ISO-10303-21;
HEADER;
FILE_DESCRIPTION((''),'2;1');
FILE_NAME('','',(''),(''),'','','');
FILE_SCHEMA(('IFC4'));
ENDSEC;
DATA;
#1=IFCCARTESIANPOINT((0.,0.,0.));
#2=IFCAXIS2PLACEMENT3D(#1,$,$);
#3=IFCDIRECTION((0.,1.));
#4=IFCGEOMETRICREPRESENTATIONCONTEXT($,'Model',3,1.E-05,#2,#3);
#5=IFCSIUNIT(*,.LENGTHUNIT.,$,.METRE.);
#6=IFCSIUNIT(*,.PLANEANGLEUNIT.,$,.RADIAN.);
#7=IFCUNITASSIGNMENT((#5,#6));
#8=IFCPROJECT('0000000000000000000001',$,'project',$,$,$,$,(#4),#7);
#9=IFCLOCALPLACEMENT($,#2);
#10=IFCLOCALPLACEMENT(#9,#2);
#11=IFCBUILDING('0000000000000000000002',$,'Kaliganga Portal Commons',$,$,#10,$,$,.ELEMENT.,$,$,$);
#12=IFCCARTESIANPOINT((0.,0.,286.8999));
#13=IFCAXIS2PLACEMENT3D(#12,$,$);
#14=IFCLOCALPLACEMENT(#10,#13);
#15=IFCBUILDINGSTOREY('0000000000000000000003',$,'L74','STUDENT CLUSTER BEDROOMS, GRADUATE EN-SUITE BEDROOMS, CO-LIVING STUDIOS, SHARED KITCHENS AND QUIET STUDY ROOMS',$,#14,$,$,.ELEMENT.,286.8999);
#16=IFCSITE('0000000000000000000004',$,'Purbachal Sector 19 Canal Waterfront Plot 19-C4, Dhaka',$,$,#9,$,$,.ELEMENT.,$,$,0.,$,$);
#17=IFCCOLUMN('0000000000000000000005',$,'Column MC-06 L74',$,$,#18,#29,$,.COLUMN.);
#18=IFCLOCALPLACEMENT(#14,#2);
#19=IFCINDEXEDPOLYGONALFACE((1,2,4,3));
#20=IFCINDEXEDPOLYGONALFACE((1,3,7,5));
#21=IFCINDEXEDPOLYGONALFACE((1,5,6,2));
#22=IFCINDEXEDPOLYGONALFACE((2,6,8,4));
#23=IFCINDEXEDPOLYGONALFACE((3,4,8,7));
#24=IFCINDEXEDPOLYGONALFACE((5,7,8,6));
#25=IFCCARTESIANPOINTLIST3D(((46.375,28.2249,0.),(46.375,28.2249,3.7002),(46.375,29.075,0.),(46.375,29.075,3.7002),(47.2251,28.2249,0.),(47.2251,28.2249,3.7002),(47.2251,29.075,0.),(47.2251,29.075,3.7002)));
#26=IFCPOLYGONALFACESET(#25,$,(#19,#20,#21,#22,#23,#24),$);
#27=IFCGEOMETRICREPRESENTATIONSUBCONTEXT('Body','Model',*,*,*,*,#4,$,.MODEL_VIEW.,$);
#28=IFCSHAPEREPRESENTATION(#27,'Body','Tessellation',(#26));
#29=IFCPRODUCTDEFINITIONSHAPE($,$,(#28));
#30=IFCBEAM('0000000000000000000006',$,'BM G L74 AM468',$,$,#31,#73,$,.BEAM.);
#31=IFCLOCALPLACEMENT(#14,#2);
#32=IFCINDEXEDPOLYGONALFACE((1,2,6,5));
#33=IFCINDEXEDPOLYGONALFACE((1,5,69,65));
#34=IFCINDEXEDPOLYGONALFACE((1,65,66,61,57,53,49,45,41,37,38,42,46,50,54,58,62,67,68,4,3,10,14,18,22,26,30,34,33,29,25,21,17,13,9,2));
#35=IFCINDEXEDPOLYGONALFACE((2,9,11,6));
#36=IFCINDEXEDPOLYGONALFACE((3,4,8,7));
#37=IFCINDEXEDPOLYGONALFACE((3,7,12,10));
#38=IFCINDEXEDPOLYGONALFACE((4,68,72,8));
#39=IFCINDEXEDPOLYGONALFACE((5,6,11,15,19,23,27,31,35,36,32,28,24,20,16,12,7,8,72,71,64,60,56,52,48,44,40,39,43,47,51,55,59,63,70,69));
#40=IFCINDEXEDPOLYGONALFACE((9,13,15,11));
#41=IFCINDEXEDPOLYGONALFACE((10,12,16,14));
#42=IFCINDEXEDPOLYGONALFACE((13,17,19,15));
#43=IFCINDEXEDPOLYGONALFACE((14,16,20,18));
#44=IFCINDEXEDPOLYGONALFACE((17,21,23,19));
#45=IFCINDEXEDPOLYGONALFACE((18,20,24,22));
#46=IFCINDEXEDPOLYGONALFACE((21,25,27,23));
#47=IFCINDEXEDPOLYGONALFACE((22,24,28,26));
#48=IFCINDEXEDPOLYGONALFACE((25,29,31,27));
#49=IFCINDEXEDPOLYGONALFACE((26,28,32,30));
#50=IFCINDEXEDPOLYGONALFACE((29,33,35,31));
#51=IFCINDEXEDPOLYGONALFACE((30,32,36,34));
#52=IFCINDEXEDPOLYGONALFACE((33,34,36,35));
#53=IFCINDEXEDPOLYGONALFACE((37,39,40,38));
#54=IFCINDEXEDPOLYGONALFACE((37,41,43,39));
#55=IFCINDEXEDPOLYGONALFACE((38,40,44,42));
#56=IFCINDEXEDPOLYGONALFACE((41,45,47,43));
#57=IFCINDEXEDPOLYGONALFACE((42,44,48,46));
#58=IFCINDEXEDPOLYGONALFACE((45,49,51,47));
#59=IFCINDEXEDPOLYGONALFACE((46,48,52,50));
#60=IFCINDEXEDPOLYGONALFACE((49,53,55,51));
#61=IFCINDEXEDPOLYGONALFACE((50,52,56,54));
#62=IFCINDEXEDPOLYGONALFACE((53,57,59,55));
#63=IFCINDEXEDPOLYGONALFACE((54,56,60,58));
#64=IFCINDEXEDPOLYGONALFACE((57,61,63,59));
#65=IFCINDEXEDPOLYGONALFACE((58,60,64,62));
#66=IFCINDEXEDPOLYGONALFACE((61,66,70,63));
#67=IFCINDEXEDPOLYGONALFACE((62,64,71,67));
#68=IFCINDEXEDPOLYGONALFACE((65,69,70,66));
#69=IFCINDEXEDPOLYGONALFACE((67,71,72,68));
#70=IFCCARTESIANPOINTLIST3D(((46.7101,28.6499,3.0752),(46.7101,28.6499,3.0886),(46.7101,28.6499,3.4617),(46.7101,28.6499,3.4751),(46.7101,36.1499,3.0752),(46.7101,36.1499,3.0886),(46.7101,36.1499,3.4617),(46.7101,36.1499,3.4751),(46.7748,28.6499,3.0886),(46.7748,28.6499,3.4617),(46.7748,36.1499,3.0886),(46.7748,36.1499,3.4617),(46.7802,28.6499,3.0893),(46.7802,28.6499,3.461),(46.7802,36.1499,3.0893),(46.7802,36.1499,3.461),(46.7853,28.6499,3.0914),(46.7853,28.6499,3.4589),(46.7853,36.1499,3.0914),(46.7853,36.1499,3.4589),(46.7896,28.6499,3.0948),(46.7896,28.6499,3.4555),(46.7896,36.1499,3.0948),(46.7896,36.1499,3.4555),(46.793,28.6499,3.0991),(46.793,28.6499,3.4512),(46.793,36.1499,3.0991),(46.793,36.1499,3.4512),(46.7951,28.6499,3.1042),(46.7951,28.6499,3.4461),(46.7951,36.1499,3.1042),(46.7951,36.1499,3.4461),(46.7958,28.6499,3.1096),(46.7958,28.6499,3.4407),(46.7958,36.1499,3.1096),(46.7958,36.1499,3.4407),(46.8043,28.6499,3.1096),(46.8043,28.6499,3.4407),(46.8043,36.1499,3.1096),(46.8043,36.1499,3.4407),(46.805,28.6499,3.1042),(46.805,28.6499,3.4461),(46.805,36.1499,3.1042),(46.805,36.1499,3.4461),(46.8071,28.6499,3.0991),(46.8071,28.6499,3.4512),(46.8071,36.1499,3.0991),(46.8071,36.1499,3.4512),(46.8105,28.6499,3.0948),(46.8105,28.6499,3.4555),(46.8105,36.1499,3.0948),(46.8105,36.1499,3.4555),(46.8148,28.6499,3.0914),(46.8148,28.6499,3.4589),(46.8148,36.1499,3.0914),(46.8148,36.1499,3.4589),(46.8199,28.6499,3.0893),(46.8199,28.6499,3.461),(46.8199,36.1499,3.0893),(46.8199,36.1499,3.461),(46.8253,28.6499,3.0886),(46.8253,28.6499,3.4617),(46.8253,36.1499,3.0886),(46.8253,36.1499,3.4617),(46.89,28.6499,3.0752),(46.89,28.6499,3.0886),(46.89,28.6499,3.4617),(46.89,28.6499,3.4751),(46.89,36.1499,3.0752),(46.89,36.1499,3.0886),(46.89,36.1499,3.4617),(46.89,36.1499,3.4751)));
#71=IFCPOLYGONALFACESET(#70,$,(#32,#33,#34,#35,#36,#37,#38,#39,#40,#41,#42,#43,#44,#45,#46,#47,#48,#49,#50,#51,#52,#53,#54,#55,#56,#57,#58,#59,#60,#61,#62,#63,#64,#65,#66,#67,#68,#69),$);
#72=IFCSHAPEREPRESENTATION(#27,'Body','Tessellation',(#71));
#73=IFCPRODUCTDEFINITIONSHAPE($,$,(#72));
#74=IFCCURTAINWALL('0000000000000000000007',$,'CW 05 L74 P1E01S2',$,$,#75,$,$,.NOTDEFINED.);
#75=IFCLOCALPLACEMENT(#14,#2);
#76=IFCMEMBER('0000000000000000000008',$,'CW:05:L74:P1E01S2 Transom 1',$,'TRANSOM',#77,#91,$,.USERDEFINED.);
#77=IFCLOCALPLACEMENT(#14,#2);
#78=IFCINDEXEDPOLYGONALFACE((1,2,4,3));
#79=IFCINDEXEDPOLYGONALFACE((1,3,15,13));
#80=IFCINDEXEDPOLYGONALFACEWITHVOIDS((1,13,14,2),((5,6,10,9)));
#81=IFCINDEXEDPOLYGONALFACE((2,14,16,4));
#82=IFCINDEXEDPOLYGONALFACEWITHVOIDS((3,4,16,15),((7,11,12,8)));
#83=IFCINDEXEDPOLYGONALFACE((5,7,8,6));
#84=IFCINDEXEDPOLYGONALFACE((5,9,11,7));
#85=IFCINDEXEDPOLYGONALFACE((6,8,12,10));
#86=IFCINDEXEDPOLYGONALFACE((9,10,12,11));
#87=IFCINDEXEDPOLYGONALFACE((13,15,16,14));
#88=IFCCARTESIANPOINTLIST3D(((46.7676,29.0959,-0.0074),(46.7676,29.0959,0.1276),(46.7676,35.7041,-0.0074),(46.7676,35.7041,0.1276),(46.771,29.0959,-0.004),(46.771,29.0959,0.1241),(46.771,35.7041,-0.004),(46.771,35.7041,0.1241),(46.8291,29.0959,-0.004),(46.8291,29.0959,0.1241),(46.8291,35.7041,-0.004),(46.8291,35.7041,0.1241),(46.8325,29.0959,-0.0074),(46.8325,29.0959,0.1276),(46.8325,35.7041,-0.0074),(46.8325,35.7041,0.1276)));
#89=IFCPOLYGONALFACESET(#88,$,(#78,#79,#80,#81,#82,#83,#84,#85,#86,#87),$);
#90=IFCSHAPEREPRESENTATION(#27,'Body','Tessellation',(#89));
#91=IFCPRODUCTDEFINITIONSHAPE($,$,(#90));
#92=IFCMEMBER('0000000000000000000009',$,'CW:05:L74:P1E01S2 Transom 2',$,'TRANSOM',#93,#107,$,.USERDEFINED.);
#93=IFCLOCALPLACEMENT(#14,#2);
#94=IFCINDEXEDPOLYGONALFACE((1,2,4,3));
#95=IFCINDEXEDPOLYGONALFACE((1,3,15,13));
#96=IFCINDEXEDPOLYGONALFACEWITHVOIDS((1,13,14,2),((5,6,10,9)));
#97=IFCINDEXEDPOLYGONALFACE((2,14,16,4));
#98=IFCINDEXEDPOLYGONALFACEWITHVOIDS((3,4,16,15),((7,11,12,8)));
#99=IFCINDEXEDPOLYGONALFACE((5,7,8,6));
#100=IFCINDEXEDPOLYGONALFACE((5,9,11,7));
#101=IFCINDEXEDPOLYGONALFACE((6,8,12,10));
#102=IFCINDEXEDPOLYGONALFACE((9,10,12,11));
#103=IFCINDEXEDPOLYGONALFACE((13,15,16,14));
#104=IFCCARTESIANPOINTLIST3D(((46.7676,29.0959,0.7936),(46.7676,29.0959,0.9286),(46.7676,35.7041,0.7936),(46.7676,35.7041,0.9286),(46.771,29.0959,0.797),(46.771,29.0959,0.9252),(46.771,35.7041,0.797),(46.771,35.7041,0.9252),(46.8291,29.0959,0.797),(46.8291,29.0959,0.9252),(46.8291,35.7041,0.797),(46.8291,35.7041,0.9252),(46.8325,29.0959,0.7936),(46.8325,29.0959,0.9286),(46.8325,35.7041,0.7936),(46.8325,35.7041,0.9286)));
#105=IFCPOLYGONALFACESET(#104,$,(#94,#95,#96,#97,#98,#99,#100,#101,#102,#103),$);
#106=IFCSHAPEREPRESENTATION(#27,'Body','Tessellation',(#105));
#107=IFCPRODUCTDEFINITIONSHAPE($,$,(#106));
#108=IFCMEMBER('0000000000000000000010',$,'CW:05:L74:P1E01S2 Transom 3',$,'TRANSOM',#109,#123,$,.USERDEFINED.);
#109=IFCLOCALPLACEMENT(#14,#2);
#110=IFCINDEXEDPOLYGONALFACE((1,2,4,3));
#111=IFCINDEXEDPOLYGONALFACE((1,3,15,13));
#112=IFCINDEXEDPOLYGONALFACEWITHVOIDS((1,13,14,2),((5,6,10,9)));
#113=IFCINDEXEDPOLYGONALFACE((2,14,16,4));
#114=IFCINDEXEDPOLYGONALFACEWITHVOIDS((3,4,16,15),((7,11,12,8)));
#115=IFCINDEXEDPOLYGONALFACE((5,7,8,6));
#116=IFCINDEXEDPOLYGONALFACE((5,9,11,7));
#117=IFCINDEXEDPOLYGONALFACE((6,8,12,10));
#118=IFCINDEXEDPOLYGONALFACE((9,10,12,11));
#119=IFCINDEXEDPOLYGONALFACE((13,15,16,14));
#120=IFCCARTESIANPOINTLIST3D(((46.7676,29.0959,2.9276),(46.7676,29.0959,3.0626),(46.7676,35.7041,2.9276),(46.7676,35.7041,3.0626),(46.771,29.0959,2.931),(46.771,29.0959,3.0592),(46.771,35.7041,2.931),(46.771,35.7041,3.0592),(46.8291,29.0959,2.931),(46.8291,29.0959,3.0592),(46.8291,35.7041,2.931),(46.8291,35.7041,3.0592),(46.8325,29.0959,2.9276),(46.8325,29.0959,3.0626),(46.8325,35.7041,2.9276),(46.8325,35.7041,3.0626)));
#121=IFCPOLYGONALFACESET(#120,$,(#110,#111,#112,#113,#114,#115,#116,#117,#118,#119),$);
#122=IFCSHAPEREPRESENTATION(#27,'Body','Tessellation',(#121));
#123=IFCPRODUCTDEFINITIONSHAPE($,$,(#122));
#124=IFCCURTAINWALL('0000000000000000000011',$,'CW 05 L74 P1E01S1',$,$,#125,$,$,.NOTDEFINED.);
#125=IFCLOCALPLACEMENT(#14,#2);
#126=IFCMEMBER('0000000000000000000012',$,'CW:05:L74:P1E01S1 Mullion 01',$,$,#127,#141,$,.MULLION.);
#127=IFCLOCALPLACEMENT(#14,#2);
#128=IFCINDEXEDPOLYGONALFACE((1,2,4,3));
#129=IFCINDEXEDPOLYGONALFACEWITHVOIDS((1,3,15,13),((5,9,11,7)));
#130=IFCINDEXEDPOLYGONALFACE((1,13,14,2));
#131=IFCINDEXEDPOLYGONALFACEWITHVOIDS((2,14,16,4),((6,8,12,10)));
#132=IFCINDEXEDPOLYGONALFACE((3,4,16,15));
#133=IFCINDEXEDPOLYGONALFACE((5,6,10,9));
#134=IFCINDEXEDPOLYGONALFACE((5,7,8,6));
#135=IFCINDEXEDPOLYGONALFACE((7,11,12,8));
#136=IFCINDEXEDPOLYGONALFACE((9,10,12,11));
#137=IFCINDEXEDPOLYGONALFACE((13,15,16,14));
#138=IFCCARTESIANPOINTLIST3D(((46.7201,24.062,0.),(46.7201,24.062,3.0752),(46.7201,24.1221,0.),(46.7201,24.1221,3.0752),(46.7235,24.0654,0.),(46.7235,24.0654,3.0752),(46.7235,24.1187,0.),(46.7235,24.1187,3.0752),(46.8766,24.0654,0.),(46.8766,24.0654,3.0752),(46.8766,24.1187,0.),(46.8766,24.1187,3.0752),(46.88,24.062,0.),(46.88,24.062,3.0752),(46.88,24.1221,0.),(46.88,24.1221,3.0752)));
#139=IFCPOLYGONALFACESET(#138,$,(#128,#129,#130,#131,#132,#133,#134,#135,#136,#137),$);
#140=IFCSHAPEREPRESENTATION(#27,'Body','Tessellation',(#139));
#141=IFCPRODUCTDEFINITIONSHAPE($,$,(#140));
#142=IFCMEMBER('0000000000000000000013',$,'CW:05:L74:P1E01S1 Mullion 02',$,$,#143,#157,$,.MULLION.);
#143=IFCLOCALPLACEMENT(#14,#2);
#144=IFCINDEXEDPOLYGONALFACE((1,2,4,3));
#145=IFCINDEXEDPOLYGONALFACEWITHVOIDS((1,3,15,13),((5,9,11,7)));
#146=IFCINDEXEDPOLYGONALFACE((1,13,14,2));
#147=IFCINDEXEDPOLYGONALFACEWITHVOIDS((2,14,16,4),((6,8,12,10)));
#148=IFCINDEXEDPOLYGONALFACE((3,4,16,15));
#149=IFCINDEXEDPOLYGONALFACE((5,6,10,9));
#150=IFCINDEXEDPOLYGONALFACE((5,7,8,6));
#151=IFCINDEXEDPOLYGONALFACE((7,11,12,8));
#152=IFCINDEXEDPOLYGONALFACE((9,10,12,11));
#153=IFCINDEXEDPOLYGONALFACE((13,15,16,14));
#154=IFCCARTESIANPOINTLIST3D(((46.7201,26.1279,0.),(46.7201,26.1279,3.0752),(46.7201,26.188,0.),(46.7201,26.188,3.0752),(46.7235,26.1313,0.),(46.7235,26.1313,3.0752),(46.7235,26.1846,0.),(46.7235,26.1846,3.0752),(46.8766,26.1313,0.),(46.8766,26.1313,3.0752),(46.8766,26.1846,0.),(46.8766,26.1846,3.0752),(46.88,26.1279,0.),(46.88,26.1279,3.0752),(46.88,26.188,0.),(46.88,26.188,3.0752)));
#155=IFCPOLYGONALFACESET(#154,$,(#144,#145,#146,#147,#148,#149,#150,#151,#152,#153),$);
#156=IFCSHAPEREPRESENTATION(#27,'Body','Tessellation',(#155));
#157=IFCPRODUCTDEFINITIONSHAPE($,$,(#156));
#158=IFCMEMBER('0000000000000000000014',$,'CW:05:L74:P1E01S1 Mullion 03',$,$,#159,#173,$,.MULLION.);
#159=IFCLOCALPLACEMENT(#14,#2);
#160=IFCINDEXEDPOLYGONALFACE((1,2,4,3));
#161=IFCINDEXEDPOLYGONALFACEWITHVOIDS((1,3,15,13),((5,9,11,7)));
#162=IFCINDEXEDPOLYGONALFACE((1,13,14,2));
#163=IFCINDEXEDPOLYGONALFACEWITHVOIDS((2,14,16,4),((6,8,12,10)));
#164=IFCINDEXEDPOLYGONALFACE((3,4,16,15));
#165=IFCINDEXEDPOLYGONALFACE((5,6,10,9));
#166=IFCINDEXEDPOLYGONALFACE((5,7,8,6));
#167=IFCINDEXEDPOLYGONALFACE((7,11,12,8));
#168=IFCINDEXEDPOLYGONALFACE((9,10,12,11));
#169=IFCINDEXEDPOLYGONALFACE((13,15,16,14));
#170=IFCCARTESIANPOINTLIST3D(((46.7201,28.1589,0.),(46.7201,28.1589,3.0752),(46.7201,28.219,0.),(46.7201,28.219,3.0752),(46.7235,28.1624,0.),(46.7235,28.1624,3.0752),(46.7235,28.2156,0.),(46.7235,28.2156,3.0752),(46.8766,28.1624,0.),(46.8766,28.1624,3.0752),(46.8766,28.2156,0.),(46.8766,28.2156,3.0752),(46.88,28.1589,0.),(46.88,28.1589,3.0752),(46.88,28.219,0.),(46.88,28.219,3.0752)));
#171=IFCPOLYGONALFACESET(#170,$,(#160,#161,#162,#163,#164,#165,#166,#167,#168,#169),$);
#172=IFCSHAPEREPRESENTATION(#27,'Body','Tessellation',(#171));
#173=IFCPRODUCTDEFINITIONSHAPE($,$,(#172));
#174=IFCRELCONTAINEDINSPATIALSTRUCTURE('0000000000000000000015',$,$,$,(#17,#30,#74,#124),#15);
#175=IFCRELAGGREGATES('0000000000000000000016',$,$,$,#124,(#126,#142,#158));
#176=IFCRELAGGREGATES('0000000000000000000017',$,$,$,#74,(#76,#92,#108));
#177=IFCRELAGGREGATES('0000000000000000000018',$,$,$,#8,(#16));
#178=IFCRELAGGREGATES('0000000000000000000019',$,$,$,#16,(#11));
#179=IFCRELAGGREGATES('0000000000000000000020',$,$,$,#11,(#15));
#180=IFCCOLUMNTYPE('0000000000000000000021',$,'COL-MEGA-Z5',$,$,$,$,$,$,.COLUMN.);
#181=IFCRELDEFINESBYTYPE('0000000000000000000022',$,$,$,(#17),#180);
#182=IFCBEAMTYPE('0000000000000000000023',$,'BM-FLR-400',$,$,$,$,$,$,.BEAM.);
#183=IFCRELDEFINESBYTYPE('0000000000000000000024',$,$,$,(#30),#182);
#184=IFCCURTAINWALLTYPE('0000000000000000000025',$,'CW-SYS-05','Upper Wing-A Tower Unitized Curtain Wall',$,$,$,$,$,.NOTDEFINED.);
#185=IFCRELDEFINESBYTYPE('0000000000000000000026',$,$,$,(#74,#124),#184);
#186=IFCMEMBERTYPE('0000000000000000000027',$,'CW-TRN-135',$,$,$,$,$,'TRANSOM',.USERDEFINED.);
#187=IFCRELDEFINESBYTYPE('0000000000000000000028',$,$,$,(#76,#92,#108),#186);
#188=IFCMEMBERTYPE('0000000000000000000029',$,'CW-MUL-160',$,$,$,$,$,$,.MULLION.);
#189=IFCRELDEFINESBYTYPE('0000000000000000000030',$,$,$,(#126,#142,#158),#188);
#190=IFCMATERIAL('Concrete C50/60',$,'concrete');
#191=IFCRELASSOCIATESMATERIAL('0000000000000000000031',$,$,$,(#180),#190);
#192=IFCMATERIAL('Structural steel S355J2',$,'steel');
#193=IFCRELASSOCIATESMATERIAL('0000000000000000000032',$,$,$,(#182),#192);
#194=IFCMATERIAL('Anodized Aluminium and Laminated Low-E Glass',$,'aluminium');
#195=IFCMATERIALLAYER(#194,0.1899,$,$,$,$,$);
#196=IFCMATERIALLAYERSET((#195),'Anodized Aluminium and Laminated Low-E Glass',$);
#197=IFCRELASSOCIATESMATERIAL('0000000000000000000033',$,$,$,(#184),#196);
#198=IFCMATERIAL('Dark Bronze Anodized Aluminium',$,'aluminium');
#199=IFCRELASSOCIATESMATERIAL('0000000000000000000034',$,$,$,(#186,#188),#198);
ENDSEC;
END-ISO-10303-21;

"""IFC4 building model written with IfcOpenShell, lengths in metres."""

from ifc_helpers import new_model, si_unit, direction, frame, origin, origin_2d, place, context, subcontext, project, spatial, rectangle, hollow_rectangle, i_section, extrude, source, transform, mapped, material, layer, layer_set, material_profile, profile_set, type_object, element, aggregate, save


model = new_model("IFC4")

# Units and contexts
model_context = context("Model", 3, precision=1e-05, world=origin(), true_north=direction((0.0, 1.0)))
body_context = subcontext(model_context, "Body", "Model", "MODEL_VIEW")
ifc_project = project(units=[si_unit("LENGTHUNIT", "METRE"), si_unit("PLANEANGLEUNIT", "RADIAN")], contexts=[model_context])

# Site, building, storey
site_placement = place(None, origin())
site = spatial("IfcSite", under=ifc_project, at=site_placement, Name="Purbachal Sector 19 Canal Waterfront Plot 19-C4, Dhaka", CompositionType="ELEMENT", RefElevation=0.0)
building_placement = place(site_placement, origin())
building = spatial("IfcBuilding", under=site, at=building_placement, Name="Kaliganga Portal Commons", CompositionType="ELEMENT")
storey_placement = place(building_placement, frame((0.0, 0.0, 286.8999)))
storey = spatial("IfcBuildingStorey", under=building, at=storey_placement, Name="L74", Description="STUDENT CLUSTER BEDROOMS, GRADUATE EN-SUITE BEDROOMS, CO-LIVING STUDIOS, SHARED KITCHENS AND QUIET STUDY ROOMS", CompositionType="ELEMENT", Elevation=286.8999)

# Column
ifc_material_1 = material(Name="Concrete C50/60", Category="concrete")
ifc_material_profile_1 = material_profile(ifc_material_1, rectangle(XDim=0.8501, YDim=0.8501, at=origin_2d()), Name="RC 850x850")
ifc_profile_set_1 = profile_set([ifc_material_profile_1], Name="Concrete C50/60")
column_type = type_object("IfcColumnType", Name="COL-MEGA-Z5", PredefinedType="COLUMN", material=ifc_profile_set_1)
shared_shape_1 = source(origin(), body_context, "Body", "SweptSolid", [
    extrude(rectangle(XDim=0.8501, YDim=0.8501, at=origin_2d()), origin(), (0.0, 0.0, 1.0), 3.7002),
])
column_placement = place(storey_placement, frame((46.8, 28.6499, 0.0), z_axis=(0.0, 0.0, 1.0), x_axis=(1.0, 0.0, 0.0)))
element("IfcColumn", 1, at=column_placement, inside=storey, type_object=column_type, Name="Column MC-06 L74", PredefinedType="COLUMN", context=body_context, shape_type="MappedRepresentation", body=[
    mapped(shared_shape_1, transform((0.0, 0.0, 0.0), x_axis=(1.0, 0.0, 0.0), y_axis=(0.0, 1.0, 0.0), z_axis=(0.0, 0.0, 1.0), scale=1.0)),
])

# Beam
ifc_material_2 = material(Name="Structural steel S355J2", Category="steel")
ifc_material_profile_2 = material_profile(ifc_material_2, i_section(OverallWidth=0.1799, OverallDepth=0.3999, WebThickness=0.0085, FlangeThickness=0.0134, FilletRadius=0.021, at=origin_2d()), Name="IPE 400")
ifc_profile_set_2 = profile_set([ifc_material_profile_2], Name="Structural steel S355J2 wide-flange")
beam_type = type_object("IfcBeamType", Name="BM-FLR-400", PredefinedType="BEAM", material=ifc_profile_set_2)
shared_shape_2 = source(origin(), body_context, "Body", "SweptSolid", [
    extrude(i_section(OverallWidth=0.1799, OverallDepth=0.3999, WebThickness=0.0085, FlangeThickness=0.0134, FilletRadius=0.021, at=origin_2d()), origin(), (0.0, 0.0, 1.0), 7.5),
])
beam_placement = place(storey_placement, frame((46.8, 28.6499, 3.2751), z_axis=(0.0, 1.0, 0.0), x_axis=(-1.0, 0.0, 0.0)))
element("IfcBeam", 2, at=beam_placement, inside=storey, type_object=beam_type, Name="BM G L74 AM468", PredefinedType="BEAM", context=body_context, shape_type="MappedRepresentation", body=[
    mapped(shared_shape_2, transform((0.0, 0.0, 0.0), x_axis=(1.0, 0.0, 0.0), y_axis=(0.0, 1.0, 0.0), z_axis=(0.0, 0.0, 1.0), scale=1.0)),
])

# Curtain walls, members
ifc_material_3 = material(Name="Anodized Aluminium and Laminated Low-E Glass", Category="aluminium")
ifc_layer_1 = layer(ifc_material_3, 0.1899)
ifc_layer_set_1 = layer_set([ifc_layer_1], Name="Anodized Aluminium and Laminated Low-E Glass")
curtain_wall_type = type_object("IfcCurtainWallType", Name="CW-SYS-05", Description="Upper Wing-A Tower Unitized Curtain Wall", PredefinedType="NOTDEFINED", material=ifc_layer_set_1)
curtain_wall_1_placement = place(storey_placement, origin())
curtain_wall_1 = element("IfcCurtainWall", 3, at=curtain_wall_1_placement, inside=storey, type_object=curtain_wall_type, Name="CW 05 L74 P1E01S2", PredefinedType="NOTDEFINED")
ifc_material_4 = material(Name="Dark Bronze Anodized Aluminium", Category="aluminium")
ifc_material_profile_3 = material_profile(ifc_material_4, hollow_rectangle(XDim=0.0649, YDim=0.135, WallThickness=0.0034, at=origin_2d()), Name="ALU TRAN 65x135x3.5")
ifc_profile_set_3 = profile_set([ifc_material_profile_3], Name="Dark Bronze Anodized Aluminium")
member_type_1 = type_object("IfcMemberType", Name="CW-TRN-135", ElementType="TRANSOM", PredefinedType="USERDEFINED", material=ifc_profile_set_3)
shared_shape_3 = source(origin(), body_context, "Body", "SweptSolid", [
    extrude(hollow_rectangle(XDim=0.0649, YDim=0.135, WallThickness=0.0034, at=origin_2d()), origin(), (0.0, 0.0, 1.0), 6.6082),
])
member_1_placement = place(storey_placement, frame((46.8, 29.0959, 0.0601), z_axis=(0.0, 1.0, 0.0), x_axis=(-1.0, 0.0, 0.0)))
member_1 = element("IfcMember", 4, at=member_1_placement, type_object=member_type_1, Name="CW:05:L74:P1E01S2 Transom 1", ObjectType="TRANSOM", PredefinedType="USERDEFINED", context=body_context, shape_type="MappedRepresentation", body=[
    mapped(shared_shape_3, transform((0.0, 0.0, 0.0), x_axis=(1.0, 0.0, 0.0), y_axis=(0.0, 1.0, 0.0), z_axis=(0.0, 0.0, 1.0), scale=1.0)),
])
member_2_placement = place(storey_placement, frame((46.8, 29.0959, 0.8611), z_axis=(0.0, 1.0, 0.0), x_axis=(-1.0, 0.0, 0.0)))
member_2 = element("IfcMember", 5, at=member_2_placement, type_object=member_type_1, Name="CW:05:L74:P1E01S2 Transom 2", ObjectType="TRANSOM", PredefinedType="USERDEFINED", context=body_context, shape_type="MappedRepresentation", body=[
    mapped(shared_shape_3, transform((0.0, 0.0, 0.0), x_axis=(1.0, 0.0, 0.0), y_axis=(0.0, 1.0, 0.0), z_axis=(0.0, 0.0, 1.0), scale=1.0)),
])
member_3_placement = place(storey_placement, frame((46.8, 29.0959, 2.9951), z_axis=(0.0, 1.0, 0.0), x_axis=(-1.0, 0.0, 0.0)))
member_3 = element("IfcMember", 6, at=member_3_placement, type_object=member_type_1, Name="CW:05:L74:P1E01S2 Transom 3", ObjectType="TRANSOM", PredefinedType="USERDEFINED", context=body_context, shape_type="MappedRepresentation", body=[
    mapped(shared_shape_3, transform((0.0, 0.0, 0.0), x_axis=(1.0, 0.0, 0.0), y_axis=(0.0, 1.0, 0.0), z_axis=(0.0, 0.0, 1.0), scale=1.0)),
])
curtain_wall_2_placement = place(storey_placement, origin())
curtain_wall_2 = element("IfcCurtainWall", 7, at=curtain_wall_2_placement, inside=storey, type_object=curtain_wall_type, Name="CW 05 L74 P1E01S1", PredefinedType="NOTDEFINED")
ifc_material_profile_4 = material_profile(ifc_material_4, hollow_rectangle(XDim=0.0601, YDim=0.1599, WallThickness=0.0034, at=origin_2d()), Name="ALU MULL 60x160x3.5")
ifc_profile_set_4 = profile_set([ifc_material_profile_4], Name="Dark Bronze Anodized Aluminium")
member_type_2 = type_object("IfcMemberType", Name="CW-MUL-160", PredefinedType="MULLION", material=ifc_profile_set_4)
shared_shape_4 = source(origin(), body_context, "Body", "SweptSolid", [
    extrude(hollow_rectangle(XDim=0.0601, YDim=0.1599, WallThickness=0.0034, at=origin_2d()), origin(), (0.0, 0.0, 1.0), 3.0752),
])
member_4_placement = place(storey_placement, frame((46.8, 24.092, 0.0), z_axis=(0.0, 0.0, 1.0), x_axis=(0.0, 1.0, 0.0)))
member_4 = element("IfcMember", 8, at=member_4_placement, type_object=member_type_2, Name="CW:05:L74:P1E01S1 Mullion 01", PredefinedType="MULLION", context=body_context, shape_type="MappedRepresentation", body=[
    mapped(shared_shape_4, transform((0.0, 0.0, 0.0), x_axis=(1.0, 0.0, 0.0), y_axis=(0.0, 1.0, 0.0), z_axis=(0.0, 0.0, 1.0), scale=1.0)),
])
member_5_placement = place(storey_placement, frame((46.8, 26.158, 0.0), z_axis=(0.0, 0.0, 1.0), x_axis=(0.0, 1.0, 0.0)))
member_5 = element("IfcMember", 9, at=member_5_placement, type_object=member_type_2, Name="CW:05:L74:P1E01S1 Mullion 02", PredefinedType="MULLION", context=body_context, shape_type="MappedRepresentation", body=[
    mapped(shared_shape_4, transform((0.0, 0.0, 0.0), x_axis=(1.0, 0.0, 0.0), y_axis=(0.0, 1.0, 0.0), z_axis=(0.0, 0.0, 1.0), scale=1.0)),
])
member_6_placement = place(storey_placement, frame((46.8, 28.189, 0.0), z_axis=(0.0, 0.0, 1.0), x_axis=(0.0, 1.0, 0.0)))
member_6 = element("IfcMember", 10, at=member_6_placement, type_object=member_type_2, Name="CW:05:L74:P1E01S1 Mullion 03", PredefinedType="MULLION", context=body_context, shape_type="MappedRepresentation", body=[
    mapped(shared_shape_4, transform((0.0, 0.0, 0.0), x_axis=(1.0, 0.0, 0.0), y_axis=(0.0, 1.0, 0.0), z_axis=(0.0, 0.0, 1.0), scale=1.0)),
])

aggregate(curtain_wall_2, [member_4, member_5, member_6])
aggregate(curtain_wall_1, [member_1, member_2, member_3])

save(model, "model.ifc")
